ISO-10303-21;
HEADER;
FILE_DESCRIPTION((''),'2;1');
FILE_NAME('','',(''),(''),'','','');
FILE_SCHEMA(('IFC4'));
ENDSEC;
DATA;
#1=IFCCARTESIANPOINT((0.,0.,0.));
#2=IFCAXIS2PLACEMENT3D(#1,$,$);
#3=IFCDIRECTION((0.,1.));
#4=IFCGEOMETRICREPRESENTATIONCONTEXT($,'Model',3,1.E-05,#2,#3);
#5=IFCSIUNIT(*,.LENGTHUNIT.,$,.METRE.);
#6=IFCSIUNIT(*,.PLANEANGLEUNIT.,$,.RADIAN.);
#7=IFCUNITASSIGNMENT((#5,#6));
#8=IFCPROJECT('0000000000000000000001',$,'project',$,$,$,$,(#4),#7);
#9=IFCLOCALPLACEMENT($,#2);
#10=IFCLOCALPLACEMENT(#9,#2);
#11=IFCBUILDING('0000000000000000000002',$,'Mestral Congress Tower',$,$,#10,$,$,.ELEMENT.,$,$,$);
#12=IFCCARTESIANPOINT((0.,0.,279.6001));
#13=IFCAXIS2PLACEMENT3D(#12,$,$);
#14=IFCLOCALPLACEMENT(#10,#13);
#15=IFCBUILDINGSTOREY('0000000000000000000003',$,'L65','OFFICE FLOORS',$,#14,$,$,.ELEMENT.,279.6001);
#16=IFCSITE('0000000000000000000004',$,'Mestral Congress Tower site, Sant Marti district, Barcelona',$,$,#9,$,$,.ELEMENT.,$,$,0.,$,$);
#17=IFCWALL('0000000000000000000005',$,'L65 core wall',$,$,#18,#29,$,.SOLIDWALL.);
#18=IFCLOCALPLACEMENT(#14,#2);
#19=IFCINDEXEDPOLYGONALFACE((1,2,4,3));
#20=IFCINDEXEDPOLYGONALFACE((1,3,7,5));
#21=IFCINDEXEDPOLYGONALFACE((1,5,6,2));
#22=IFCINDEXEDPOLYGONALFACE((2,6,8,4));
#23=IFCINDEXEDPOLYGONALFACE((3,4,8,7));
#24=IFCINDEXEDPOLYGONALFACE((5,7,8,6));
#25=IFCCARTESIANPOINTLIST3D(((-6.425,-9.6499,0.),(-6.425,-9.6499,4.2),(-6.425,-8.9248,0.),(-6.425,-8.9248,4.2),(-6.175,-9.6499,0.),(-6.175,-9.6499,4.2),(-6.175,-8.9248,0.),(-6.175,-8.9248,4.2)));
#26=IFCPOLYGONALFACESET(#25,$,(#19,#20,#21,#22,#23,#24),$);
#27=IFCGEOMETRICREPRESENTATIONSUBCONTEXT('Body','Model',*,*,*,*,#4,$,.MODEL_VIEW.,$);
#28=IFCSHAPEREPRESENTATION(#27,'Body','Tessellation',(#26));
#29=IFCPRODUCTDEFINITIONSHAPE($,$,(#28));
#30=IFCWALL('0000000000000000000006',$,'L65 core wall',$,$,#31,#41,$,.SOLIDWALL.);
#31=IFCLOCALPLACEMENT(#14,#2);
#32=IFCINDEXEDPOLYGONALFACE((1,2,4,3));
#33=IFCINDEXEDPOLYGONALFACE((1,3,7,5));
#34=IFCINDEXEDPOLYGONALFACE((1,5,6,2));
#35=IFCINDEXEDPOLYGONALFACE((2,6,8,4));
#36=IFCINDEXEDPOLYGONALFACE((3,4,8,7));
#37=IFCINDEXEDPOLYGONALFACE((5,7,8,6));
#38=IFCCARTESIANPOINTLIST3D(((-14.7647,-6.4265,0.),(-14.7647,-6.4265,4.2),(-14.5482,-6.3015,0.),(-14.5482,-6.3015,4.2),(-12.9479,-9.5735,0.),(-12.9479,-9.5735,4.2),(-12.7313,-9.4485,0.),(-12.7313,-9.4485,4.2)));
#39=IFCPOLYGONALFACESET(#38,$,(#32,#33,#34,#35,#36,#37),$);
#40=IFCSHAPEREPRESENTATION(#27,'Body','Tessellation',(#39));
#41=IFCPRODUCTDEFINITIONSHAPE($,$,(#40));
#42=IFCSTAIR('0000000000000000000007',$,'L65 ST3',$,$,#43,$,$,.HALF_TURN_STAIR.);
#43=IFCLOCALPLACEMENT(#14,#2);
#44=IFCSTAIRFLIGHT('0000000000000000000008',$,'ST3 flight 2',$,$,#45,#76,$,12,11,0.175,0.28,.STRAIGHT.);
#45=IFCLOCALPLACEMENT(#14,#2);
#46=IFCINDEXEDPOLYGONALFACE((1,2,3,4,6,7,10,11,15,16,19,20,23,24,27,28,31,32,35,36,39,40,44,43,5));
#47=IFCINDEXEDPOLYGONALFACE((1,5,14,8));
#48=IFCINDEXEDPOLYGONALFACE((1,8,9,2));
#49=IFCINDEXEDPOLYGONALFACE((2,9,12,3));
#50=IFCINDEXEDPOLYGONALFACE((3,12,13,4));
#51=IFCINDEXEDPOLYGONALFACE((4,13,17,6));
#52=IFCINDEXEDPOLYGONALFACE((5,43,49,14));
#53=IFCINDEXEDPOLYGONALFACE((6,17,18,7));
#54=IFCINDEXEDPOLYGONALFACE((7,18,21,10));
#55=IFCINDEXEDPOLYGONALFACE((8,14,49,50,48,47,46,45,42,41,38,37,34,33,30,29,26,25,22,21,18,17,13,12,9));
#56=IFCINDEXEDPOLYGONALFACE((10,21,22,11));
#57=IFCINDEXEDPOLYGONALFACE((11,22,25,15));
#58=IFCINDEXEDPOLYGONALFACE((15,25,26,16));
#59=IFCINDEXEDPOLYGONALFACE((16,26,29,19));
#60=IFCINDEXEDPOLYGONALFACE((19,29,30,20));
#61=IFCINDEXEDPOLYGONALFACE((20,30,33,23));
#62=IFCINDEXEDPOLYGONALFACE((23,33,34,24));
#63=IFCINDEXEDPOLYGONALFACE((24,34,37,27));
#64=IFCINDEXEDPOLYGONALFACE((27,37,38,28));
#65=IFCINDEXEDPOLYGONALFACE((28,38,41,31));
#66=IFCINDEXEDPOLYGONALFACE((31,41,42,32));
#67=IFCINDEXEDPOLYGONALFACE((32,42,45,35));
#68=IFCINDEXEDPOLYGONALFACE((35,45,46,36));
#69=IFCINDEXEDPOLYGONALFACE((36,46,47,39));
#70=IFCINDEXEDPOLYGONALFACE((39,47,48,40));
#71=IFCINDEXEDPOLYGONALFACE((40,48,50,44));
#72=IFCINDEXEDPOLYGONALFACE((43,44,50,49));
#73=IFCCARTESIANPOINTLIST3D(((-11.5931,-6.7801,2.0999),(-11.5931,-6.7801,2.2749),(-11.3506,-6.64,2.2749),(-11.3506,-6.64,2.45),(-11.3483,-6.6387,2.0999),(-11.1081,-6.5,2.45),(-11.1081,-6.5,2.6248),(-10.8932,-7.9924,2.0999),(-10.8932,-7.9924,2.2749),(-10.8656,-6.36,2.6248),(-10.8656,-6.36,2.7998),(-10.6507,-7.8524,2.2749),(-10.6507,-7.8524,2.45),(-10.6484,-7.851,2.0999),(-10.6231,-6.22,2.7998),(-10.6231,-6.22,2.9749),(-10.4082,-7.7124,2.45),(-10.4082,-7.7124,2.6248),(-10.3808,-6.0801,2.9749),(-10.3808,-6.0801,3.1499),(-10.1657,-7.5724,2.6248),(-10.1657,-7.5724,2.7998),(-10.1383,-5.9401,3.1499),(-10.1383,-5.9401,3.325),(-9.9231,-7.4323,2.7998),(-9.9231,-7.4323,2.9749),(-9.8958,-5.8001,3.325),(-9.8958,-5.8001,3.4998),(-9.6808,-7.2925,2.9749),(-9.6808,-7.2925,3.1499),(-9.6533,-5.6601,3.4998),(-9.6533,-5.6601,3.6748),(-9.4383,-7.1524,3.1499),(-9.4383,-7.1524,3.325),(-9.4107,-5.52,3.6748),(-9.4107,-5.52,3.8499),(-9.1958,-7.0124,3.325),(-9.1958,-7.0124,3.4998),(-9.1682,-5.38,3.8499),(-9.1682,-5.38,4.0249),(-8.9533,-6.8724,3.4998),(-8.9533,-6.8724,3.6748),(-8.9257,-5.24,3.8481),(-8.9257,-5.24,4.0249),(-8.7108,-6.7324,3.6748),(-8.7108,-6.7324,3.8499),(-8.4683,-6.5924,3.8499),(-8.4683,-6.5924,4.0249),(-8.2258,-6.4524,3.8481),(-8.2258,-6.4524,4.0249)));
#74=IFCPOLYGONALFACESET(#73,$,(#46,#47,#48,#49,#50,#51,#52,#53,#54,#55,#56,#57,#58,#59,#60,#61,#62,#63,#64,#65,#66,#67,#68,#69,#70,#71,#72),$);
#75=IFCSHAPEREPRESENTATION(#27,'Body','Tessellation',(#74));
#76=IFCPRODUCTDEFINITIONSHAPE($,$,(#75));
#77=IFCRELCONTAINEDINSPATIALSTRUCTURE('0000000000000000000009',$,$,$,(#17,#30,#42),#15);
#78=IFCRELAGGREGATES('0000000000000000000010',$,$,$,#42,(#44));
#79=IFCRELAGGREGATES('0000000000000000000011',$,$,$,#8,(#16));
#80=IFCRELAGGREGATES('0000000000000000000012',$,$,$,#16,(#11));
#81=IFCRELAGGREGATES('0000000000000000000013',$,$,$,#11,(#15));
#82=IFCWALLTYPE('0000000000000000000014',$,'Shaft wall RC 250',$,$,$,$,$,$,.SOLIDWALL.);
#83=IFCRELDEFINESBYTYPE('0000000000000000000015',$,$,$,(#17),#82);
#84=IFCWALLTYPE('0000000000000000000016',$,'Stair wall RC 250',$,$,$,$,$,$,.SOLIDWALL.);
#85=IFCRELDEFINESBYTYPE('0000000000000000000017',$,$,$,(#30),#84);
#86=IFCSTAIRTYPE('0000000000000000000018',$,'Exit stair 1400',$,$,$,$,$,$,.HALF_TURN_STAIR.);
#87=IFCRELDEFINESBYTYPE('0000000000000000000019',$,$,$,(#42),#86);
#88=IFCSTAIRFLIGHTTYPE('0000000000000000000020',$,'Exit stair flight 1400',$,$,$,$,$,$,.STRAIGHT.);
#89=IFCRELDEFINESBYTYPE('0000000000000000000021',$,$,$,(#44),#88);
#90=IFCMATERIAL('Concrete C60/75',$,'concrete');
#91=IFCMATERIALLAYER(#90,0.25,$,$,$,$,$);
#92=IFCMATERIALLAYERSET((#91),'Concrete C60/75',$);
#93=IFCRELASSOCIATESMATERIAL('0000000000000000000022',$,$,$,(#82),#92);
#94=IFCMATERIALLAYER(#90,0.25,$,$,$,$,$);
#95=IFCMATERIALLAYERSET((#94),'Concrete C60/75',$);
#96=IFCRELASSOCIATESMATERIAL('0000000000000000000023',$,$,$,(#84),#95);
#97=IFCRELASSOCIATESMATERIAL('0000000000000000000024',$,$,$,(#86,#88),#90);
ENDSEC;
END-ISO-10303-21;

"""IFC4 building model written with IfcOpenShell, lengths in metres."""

from ifc_helpers import new_model, si_unit, direction, frame, frame_2d, origin, place, context, subcontext, project, spatial, polyline, rectangle, outline, extrude, material, layer, layer_set, type_object, element, aggregate, save


model = new_model("IFC4")

# Units and contexts
model_context = context("Model", 3, precision=1e-05, world=origin(), true_north=direction((0.0, 1.0)))
body_context = subcontext(model_context, "Body", "Model", "MODEL_VIEW")
ifc_project = project(units=[si_unit("LENGTHUNIT", "METRE"), si_unit("PLANEANGLEUNIT", "RADIAN")], contexts=[model_context])

# Site, building, storey
site_placement = place(None, origin())
site = spatial("IfcSite", under=ifc_project, at=site_placement, Name="Mestral Congress Tower site, Sant Marti district, Barcelona", CompositionType="ELEMENT", RefElevation=0.0)
building_placement = place(site_placement, origin())
building = spatial("IfcBuilding", under=site, at=building_placement, Name="Mestral Congress Tower", CompositionType="ELEMENT")
storey_placement = place(building_placement, frame((0.0, 0.0, 279.6001)))
storey = spatial("IfcBuildingStorey", under=building, at=storey_placement, Name="L65", Description="OFFICE FLOORS", CompositionType="ELEMENT", Elevation=279.6001)

# Shared definitions
ifc_material_1 = material(Name="Concrete C60/75", Category="concrete")

# Walls
ifc_layer_1 = layer(ifc_material_1, 0.25)
ifc_layer_set_1 = layer_set([ifc_layer_1], Name="Concrete C60/75")
wall_type_1 = type_object("IfcWallType", Name="Shaft wall RC 250", PredefinedType="SOLIDWALL", material=ifc_layer_set_1)
wall_1_placement = place(storey_placement, frame((-6.3, -8.9248, 0.0), z_axis=(0.0, 0.0, 1.0), x_axis=(0.0, -1.0, 0.0)))
element("IfcWall", 1, at=wall_1_placement, inside=storey, type_object=wall_type_1, Name="L65 core wall", PredefinedType="SOLIDWALL", context=body_context, shape_type="SweptSolid", body=[
    extrude(rectangle(XDim=0.7251, YDim=0.25, at=frame_2d((0.3625, 0.0))), origin(), (0.0, 0.0, 1.0), 4.2),
])
ifc_layer_2 = layer(ifc_material_1, 0.25)
ifc_layer_set_2 = layer_set([ifc_layer_2], Name="Concrete C60/75")
wall_type_2 = type_object("IfcWallType", Name="Stair wall RC 250", PredefinedType="SOLIDWALL", material=ifc_layer_set_2)
wall_2_placement = place(storey_placement, frame((-12.8396, -9.511, 0.0), z_axis=(0.0, 0.0, 1.0), x_axis=(-0.499998, 0.866027, 0.0)))
element("IfcWall", 2, at=wall_2_placement, inside=storey, type_object=wall_type_2, Name="L65 core wall", PredefinedType="SOLIDWALL", context=body_context, shape_type="SweptSolid", body=[
    extrude(rectangle(XDim=3.6338, YDim=0.25, at=frame_2d((1.8169, 0.0))), origin(), (0.0, 0.0, 1.0), 4.2),
])

# Stair, stair flight
stair_type = type_object("IfcStairType", Name="Exit stair 1400", PredefinedType="HALF_TURN_STAIR", material=ifc_material_1)
stair_placement = place(storey_placement, origin())
stair = element("IfcStair", 3, at=stair_placement, inside=storey, type_object=stair_type, Name="L65 ST3", PredefinedType="HALF_TURN_STAIR")
stair_flight_type = type_object("IfcStairFlightType", Name="Exit stair flight 1400", PredefinedType="STRAIGHT", material=ifc_material_1)
stair_flight_placement = place(storey_placement, frame((-11.2432, -7.3862, 2.0999), z_axis=(0.0, 0.0, 1.0), x_axis=(0.866025, 0.5, 0.0)))
stair_flight = element("IfcStairFlight", 4, at=stair_flight_placement, type_object=stair_flight_type, Name="ST3 flight 2", NumberOfRisers=12, NumberOfTreads=11, PredefinedType="STRAIGHT", RiserHeight=0.175, TreadLength=0.28, context=body_context, shape_type="SweptSolid", body=[
    extrude(outline(polyline([(0.0, 0.0), (0.0, 0.175), (0.28, 0.175), (0.28, 0.3501), (0.5601, 0.3501), (0.5601, 0.5249), (0.8401, 0.5249), (0.8401, 0.7), (1.1201, 0.7), (1.1201, 0.875), (1.3999, 0.875), (1.3999, 1.05), (1.6799, 1.05), (1.6799, 1.2251), (1.96, 1.2251), (1.96, 1.3999), (2.24, 1.3999), (2.24, 1.575), (2.52, 1.575), (2.52, 1.75), (2.8, 1.75), (2.8, 1.925), (3.0801, 1.925), (3.0801, 2.1001), (3.0801, 1.7483), (0.2827, 0.0), (0.0, 0.0)])), frame((0.0, 0.7, 0.0), z_axis=(0.0, -1.0, 0.0), x_axis=(1.0, 0.0, 0.0)), (0.0, 0.0, 1.0), 1.3999),
])
aggregate(stair, [stair_flight])

save(model, "model.ifc")
